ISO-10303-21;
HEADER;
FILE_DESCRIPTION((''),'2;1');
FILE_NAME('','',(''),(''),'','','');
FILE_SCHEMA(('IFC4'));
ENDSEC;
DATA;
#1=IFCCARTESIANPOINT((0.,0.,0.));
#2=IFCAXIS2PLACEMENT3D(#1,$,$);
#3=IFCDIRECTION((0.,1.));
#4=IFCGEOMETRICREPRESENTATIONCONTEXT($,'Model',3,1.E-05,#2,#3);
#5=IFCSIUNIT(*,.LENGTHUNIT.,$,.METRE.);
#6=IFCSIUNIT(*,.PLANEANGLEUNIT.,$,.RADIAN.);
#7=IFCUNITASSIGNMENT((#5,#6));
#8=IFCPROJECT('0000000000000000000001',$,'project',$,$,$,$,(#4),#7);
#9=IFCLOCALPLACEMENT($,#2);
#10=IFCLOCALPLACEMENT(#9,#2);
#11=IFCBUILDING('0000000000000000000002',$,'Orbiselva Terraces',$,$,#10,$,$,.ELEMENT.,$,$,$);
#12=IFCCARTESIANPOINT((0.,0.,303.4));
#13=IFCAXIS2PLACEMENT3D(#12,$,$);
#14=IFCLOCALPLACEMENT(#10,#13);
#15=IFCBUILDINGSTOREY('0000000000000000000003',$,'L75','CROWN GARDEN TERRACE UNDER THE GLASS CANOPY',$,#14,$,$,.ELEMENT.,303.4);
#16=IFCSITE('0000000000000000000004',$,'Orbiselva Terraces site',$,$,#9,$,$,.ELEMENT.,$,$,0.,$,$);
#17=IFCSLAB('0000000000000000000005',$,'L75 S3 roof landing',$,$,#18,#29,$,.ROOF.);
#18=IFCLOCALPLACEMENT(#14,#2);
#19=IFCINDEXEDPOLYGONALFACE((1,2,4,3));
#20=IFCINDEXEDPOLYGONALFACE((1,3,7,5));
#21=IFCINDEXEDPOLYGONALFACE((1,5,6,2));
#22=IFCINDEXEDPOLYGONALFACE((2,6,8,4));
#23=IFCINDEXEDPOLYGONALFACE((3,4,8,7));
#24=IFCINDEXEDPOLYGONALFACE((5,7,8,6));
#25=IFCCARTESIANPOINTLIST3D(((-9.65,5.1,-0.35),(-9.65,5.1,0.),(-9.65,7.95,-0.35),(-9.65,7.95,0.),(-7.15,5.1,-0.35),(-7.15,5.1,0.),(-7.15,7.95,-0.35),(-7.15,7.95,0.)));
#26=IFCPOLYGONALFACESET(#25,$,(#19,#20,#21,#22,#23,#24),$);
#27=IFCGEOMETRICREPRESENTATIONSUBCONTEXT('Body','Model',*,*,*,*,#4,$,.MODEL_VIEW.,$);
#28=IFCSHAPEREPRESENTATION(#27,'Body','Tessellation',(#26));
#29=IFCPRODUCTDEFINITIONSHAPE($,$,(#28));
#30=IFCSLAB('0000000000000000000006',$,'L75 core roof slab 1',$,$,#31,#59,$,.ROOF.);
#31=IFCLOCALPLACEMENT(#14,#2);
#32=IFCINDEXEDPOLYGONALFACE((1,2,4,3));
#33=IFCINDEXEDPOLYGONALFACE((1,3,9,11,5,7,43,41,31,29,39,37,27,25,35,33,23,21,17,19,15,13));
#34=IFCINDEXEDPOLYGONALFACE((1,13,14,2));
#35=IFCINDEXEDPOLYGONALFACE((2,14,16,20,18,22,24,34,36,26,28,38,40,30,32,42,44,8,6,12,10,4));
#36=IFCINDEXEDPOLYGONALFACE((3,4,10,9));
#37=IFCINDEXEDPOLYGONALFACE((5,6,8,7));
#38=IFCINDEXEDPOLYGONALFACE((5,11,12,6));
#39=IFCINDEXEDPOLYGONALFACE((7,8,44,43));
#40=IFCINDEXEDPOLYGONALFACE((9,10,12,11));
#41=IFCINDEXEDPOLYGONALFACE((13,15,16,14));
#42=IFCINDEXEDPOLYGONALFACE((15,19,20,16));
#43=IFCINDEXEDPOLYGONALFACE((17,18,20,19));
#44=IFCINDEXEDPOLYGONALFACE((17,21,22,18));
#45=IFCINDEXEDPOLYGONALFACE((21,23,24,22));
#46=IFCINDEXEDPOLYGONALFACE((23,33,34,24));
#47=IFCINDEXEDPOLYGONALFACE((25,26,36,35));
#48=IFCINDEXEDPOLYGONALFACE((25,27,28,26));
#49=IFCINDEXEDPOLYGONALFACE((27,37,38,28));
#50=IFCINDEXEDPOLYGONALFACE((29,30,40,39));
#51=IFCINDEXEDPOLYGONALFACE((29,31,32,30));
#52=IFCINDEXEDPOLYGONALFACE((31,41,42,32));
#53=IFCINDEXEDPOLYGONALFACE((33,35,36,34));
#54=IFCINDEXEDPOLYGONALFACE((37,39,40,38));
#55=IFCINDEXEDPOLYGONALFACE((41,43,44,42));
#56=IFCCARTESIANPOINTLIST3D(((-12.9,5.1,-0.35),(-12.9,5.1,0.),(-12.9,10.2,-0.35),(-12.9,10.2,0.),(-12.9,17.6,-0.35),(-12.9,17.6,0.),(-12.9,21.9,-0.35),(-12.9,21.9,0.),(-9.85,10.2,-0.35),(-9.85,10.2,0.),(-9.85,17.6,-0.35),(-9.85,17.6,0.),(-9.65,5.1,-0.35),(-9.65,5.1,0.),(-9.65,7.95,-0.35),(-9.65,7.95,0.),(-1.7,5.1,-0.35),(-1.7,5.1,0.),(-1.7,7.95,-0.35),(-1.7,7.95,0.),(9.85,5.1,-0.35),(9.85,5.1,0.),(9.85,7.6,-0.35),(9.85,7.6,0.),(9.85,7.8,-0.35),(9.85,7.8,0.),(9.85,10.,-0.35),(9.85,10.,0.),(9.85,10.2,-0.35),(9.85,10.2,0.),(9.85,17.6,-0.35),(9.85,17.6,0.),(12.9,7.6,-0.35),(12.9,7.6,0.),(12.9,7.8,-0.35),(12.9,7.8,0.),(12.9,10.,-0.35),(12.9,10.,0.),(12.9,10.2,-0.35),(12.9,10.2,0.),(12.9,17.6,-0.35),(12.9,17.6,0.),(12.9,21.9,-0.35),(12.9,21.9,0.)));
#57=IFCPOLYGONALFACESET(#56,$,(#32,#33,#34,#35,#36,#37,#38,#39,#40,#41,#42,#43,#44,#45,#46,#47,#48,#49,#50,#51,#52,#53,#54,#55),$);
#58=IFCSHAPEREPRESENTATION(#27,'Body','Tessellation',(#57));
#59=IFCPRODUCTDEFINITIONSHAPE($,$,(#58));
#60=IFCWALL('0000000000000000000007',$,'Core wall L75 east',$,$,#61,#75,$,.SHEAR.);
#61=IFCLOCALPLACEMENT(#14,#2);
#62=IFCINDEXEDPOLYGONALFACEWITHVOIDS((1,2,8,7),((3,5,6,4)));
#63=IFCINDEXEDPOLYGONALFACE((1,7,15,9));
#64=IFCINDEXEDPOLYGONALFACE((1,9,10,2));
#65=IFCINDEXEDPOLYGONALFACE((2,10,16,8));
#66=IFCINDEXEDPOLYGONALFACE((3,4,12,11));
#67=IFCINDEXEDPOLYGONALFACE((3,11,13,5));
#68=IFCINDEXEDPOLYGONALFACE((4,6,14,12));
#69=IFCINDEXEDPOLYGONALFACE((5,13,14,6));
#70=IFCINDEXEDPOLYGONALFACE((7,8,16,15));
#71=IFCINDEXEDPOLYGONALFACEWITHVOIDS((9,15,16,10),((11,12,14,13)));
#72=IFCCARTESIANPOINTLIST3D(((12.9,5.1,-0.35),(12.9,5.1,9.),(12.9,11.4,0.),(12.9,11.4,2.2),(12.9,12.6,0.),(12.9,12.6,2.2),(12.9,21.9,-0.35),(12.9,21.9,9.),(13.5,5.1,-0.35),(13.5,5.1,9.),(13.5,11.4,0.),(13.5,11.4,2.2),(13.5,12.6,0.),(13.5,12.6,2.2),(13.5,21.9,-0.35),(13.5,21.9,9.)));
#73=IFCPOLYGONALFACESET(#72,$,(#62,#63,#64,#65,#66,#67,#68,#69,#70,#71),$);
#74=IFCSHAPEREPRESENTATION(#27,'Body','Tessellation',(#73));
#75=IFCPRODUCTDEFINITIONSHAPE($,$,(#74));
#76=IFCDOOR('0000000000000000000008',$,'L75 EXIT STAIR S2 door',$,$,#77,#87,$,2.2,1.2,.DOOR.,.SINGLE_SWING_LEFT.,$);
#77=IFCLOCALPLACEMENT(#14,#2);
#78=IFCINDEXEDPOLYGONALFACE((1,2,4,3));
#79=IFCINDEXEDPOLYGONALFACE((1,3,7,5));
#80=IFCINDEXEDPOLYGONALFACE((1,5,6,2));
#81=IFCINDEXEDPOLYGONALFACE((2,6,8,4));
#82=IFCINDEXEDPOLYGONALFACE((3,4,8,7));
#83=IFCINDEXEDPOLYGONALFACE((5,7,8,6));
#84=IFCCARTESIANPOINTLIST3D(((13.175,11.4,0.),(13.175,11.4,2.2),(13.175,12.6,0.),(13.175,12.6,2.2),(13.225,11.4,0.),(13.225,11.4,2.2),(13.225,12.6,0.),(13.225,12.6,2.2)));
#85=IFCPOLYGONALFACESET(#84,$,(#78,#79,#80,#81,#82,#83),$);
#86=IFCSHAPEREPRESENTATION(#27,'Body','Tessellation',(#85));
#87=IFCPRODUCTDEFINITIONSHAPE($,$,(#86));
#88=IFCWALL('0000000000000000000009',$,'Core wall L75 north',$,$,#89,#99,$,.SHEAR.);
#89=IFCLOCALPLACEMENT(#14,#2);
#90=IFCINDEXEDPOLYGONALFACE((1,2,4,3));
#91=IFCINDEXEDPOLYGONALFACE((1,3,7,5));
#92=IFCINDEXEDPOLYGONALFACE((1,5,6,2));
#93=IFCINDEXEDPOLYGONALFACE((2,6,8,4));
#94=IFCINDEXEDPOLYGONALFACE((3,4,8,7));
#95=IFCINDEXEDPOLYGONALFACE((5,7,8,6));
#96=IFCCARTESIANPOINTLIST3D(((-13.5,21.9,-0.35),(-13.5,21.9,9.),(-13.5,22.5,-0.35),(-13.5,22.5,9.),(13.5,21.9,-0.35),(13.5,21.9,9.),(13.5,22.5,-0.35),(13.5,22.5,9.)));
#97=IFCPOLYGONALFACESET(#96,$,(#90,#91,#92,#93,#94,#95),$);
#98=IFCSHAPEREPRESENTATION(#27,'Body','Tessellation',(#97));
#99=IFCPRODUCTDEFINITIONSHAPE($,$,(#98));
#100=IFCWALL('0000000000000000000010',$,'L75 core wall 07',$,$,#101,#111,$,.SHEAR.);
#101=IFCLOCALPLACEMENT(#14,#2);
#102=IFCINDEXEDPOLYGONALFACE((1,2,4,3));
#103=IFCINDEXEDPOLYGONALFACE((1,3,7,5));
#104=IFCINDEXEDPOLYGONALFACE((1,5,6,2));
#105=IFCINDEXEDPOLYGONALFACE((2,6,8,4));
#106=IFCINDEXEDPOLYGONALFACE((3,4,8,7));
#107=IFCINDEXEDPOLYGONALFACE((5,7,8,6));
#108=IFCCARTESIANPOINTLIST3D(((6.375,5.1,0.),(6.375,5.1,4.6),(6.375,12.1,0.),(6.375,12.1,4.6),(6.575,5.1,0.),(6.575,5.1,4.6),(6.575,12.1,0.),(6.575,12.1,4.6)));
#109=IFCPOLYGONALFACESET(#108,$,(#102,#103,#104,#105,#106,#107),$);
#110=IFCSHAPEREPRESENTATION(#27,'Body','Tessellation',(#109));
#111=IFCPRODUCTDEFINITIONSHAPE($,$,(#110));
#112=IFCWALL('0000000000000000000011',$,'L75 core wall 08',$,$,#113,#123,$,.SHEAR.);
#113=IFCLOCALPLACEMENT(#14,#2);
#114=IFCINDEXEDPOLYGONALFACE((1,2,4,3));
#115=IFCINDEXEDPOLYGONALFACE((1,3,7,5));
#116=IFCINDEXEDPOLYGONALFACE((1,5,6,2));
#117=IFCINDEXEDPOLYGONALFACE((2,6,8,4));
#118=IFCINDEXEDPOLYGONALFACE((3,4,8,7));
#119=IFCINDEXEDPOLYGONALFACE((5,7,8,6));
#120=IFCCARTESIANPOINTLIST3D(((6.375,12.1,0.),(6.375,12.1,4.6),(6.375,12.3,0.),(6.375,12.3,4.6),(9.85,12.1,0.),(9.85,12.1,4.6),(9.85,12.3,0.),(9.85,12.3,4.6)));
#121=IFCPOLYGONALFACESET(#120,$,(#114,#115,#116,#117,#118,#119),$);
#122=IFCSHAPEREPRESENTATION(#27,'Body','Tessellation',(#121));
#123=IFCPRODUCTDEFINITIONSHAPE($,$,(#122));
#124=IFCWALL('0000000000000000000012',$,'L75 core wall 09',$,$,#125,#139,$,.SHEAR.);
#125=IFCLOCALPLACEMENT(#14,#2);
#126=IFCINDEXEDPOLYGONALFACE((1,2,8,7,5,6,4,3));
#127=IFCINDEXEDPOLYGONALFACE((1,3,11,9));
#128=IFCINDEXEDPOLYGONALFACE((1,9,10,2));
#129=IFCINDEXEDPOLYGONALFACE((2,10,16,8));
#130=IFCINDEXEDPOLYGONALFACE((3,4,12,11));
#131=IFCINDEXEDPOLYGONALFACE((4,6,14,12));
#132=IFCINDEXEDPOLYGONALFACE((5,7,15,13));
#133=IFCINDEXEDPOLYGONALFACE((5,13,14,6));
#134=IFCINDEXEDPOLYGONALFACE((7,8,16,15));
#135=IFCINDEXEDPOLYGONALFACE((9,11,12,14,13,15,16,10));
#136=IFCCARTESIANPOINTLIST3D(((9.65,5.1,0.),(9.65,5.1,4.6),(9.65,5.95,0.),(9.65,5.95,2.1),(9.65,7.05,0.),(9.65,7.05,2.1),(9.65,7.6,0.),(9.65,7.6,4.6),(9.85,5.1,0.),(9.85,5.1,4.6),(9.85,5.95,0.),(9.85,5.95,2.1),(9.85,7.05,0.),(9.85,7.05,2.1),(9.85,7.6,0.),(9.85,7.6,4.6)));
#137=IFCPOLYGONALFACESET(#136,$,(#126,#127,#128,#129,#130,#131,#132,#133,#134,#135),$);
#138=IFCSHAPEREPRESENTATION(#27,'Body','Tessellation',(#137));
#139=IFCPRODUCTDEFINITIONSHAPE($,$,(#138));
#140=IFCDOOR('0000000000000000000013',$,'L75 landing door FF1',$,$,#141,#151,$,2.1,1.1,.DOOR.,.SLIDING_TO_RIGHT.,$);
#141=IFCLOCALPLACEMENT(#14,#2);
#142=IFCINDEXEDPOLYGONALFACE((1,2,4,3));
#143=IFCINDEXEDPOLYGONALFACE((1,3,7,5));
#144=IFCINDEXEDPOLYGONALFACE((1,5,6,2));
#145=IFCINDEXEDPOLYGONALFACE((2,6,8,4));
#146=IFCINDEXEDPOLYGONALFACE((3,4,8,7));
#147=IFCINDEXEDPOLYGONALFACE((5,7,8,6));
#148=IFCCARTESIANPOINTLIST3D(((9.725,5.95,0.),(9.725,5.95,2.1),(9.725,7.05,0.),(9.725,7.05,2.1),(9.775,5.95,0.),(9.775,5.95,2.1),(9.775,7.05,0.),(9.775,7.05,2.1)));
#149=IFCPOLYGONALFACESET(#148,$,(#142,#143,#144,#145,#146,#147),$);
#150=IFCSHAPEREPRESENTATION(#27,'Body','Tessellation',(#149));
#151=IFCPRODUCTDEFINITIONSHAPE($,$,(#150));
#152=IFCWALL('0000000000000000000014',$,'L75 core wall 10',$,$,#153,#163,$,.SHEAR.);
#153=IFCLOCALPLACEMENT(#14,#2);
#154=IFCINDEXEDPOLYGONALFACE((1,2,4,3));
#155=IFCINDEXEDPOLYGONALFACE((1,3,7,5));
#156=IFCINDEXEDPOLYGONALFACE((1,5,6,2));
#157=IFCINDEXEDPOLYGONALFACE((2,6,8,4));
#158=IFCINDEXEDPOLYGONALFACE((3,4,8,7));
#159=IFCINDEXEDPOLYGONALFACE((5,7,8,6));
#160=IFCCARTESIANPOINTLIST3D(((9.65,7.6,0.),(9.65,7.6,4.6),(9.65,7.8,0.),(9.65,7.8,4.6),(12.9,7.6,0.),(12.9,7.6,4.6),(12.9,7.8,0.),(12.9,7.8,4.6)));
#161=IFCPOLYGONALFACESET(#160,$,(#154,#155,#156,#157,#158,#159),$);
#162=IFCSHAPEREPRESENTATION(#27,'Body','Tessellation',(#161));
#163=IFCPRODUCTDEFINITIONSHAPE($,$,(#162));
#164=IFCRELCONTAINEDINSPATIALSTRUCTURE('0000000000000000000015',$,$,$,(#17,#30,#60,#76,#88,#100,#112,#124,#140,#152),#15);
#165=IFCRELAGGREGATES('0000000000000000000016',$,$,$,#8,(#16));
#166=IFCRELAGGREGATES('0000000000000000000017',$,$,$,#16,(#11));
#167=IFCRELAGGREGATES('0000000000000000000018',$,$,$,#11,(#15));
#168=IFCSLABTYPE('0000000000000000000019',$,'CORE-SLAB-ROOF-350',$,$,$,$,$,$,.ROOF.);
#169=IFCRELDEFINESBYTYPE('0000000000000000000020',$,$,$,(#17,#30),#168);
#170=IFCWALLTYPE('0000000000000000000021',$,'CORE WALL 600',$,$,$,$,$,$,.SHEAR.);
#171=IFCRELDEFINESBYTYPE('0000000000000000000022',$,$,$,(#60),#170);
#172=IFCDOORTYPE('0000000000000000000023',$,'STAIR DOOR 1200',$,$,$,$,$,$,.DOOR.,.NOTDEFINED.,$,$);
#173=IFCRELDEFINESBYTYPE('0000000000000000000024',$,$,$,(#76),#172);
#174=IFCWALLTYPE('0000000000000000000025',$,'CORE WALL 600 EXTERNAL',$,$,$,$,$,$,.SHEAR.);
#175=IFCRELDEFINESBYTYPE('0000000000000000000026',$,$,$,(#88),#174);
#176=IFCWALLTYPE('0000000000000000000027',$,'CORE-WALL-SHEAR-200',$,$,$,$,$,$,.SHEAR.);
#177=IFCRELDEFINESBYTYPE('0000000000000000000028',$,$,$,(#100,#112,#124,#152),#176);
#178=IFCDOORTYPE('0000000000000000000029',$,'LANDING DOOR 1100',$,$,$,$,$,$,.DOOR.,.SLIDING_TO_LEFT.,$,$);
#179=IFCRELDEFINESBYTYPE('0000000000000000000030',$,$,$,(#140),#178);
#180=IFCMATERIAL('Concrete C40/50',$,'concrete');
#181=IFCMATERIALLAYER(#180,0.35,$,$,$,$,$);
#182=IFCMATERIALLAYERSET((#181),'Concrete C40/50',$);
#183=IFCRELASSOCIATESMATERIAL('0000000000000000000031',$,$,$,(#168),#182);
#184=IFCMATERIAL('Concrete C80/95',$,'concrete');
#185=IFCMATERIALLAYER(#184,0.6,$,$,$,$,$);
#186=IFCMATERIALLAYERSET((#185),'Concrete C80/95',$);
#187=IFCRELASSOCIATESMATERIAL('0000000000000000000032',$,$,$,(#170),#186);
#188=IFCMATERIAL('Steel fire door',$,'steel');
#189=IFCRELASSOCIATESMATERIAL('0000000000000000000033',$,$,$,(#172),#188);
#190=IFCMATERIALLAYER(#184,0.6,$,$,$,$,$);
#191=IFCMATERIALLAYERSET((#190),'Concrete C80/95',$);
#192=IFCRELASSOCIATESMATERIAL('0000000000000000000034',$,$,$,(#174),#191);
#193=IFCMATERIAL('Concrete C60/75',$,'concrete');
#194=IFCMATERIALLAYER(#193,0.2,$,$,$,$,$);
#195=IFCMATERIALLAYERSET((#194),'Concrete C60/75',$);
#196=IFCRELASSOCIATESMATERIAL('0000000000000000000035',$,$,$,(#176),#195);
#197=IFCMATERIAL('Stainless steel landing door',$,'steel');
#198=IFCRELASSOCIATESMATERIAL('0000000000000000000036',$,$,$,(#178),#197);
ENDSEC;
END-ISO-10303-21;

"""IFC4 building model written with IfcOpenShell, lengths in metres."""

from ifc_helpers import new_model, si_unit, direction, frame, frame_2d, origin, place, context, subcontext, project, spatial, polyline, rectangle, outline, extrude, material, layer, layer_set, type_object, element, fill, save


model = new_model("IFC4")

# Units and contexts
model_context = context("Model", 3, precision=1e-05, world=origin(), true_north=direction((0.0, 1.0)))
body_context = subcontext(model_context, "Body", "Model", "MODEL_VIEW")
ifc_project = project(units=[si_unit("LENGTHUNIT", "METRE"), si_unit("PLANEANGLEUNIT", "RADIAN")], contexts=[model_context])

# Site, building, storey
site_placement = place(None, origin())
site = spatial("IfcSite", under=ifc_project, at=site_placement, Name="Orbiselva Terraces site", CompositionType="ELEMENT", RefElevation=0.0)
building_placement = place(site_placement, origin())
building = spatial("IfcBuilding", under=site, at=building_placement, Name="Orbiselva Terraces", CompositionType="ELEMENT")
storey_placement = place(building_placement, frame((0.0, 0.0, 303.4)))
storey = spatial("IfcBuildingStorey", under=building, at=storey_placement, Name="L75", Description="CROWN GARDEN TERRACE UNDER THE GLASS CANOPY", CompositionType="ELEMENT", Elevation=303.4)

# Slabs
ifc_material_1 = material(Name="Concrete C40/50", Category="concrete")
ifc_layer_1 = layer(ifc_material_1, 0.35)
ifc_layer_set_1 = layer_set([ifc_layer_1], Name="Concrete C40/50")
slab_type = type_object("IfcSlabType", Name="CORE-SLAB-ROOF-350", PredefinedType="ROOF", material=ifc_layer_set_1)
slab_1_placement = place(storey_placement, frame((0.0, 0.0, -0.35)))
element("IfcSlab", 1, at=slab_1_placement, inside=storey, type_object=slab_type, Name="L75 S3 roof landing", PredefinedType="ROOF", context=body_context, shape_type="SweptSolid", body=[
    extrude(outline(polyline([(-7.15, 5.1), (-9.65, 5.1), (-9.65, 7.95), (-7.15, 7.95), (-7.15, 5.1)])), origin(), (0.0, 0.0, 1.0), 0.35),
])
slab_2_placement = place(storey_placement, frame((0.0, 0.0, -0.35)))
element("IfcSlab", 2, at=slab_2_placement, inside=storey, type_object=slab_type, Name="L75 core roof slab 1", PredefinedType="ROOF", context=body_context, shape_type="SweptSolid", body=[
    extrude(outline(polyline([(-1.7, 5.1), (-1.7, 7.95), (-9.65, 7.95), (-9.65, 5.1), (-12.9, 5.1), (-12.9, 10.2), (-9.85, 10.2), (-9.85, 17.6), (-12.9, 17.6), (-12.9, 21.9), (12.9, 21.9), (12.9, 17.6), (9.85, 17.6), (9.85, 10.2), (12.9, 10.2), (12.9, 10.0), (9.85, 10.0), (9.85, 7.8), (12.9, 7.8), (12.9, 7.6), (9.85, 7.6), (9.85, 5.1), (-1.7, 5.1)])), origin(), (0.0, 0.0, 1.0), 0.35),
])

# Wall, opening, door
ifc_material_2 = material(Name="Concrete C80/95", Category="concrete")
ifc_layer_2 = layer(ifc_material_2, 0.6)
ifc_layer_set_2 = layer_set([ifc_layer_2], Name="Concrete C80/95")
wall_type_1 = type_object("IfcWallType", Name="CORE WALL 600", PredefinedType="SHEAR", material=ifc_layer_set_2)
wall_1_placement = place(storey_placement, frame((13.2, 5.1, -0.35), z_axis=(0.0, 0.0, 1.0), x_axis=(0.0, 1.0, 0.0)))
wall_1 = element("IfcWall", 3, at=wall_1_placement, inside=storey, type_object=wall_type_1, Name="Core wall L75 east", PredefinedType="SHEAR", context=body_context, shape_type="SweptSolid", body=[
    extrude(rectangle(XDim=16.8, YDim=0.6, at=frame_2d((8.4, 0.0))), origin(), (0.0, 0.0, 1.0), 9.35),
])
opening_1_placement = place(wall_1_placement, frame((6.3, 0.0, 0.35)))
opening_1 = element("IfcOpeningElement", 4, at=opening_1_placement, cuts=wall_1, PredefinedType="OPENING", context=body_context, shape_type="SweptSolid", body=[
    extrude(rectangle(XDim=1.2, YDim=2.2, at=frame_2d((0.6, 1.1))), frame((0.0, 0.31, 0.0), z_axis=(0.0, -1.0, 0.0), x_axis=(1.0, 0.0, 0.0)), (0.0, 0.0, 1.0), 0.62),
])
ifc_material_3 = material(Name="Steel fire door", Category="steel")
door_type_1 = type_object("IfcDoorType", Name="STAIR DOOR 1200", OperationType="NOTDEFINED", PredefinedType="DOOR", material=ifc_material_3)
door_1_placement = place(opening_1_placement, frame((1.2, 0.0, 0.0), z_axis=(0.0, 0.0, 1.0), x_axis=(-1.0, 0.0, 0.0)))
door_1 = element("IfcDoor", 5, at=door_1_placement, inside=storey, type_object=door_type_1, Name="L75 EXIT STAIR S2 door", OperationType="SINGLE_SWING_LEFT", OverallHeight=2.2, OverallWidth=1.2, PredefinedType="DOOR", context=body_context, shape_type="SweptSolid", body=[
    extrude(rectangle(XDim=1.2, YDim=2.2, at=frame_2d((0.6, 1.1))), frame((0.0, 0.025, 0.0), z_axis=(0.0, -1.0, 0.0), x_axis=(1.0, 0.0, 0.0)), (0.0, 0.0, 1.0), 0.05),
])
fill(opening_1, door_1)

# Walls
ifc_layer_3 = layer(ifc_material_2, 0.6)
ifc_layer_set_3 = layer_set([ifc_layer_3], Name="Concrete C80/95")
wall_type_2 = type_object("IfcWallType", Name="CORE WALL 600 EXTERNAL", PredefinedType="SHEAR", material=ifc_layer_set_3)
wall_2_placement = place(storey_placement, frame((13.5, 22.2, -0.35), z_axis=(0.0, 0.0, 1.0), x_axis=(-1.0, 0.0, 0.0)))
element("IfcWall", 6, at=wall_2_placement, inside=storey, type_object=wall_type_2, Name="Core wall L75 north", PredefinedType="SHEAR", context=body_context, shape_type="SweptSolid", body=[
    extrude(rectangle(XDim=27.0, YDim=0.6, at=frame_2d((13.5, 0.0))), origin(), (0.0, 0.0, 1.0), 9.35),
])
ifc_material_4 = material(Name="Concrete C60/75", Category="concrete")
ifc_layer_4 = layer(ifc_material_4, 0.2)
ifc_layer_set_4 = layer_set([ifc_layer_4], Name="Concrete C60/75")
wall_type_3 = type_object("IfcWallType", Name="CORE-WALL-SHEAR-200", PredefinedType="SHEAR", material=ifc_layer_set_4)
wall_3_placement = place(storey_placement, frame((6.475, 5.1, 0.0), z_axis=(0.0, 0.0, 1.0), x_axis=(0.0, 1.0, 0.0)))
element("IfcWall", 7, at=wall_3_placement, inside=storey, type_object=wall_type_3, Name="L75 core wall 07", PredefinedType="SHEAR", context=body_context, shape_type="SweptSolid", body=[
    extrude(rectangle(XDim=7.0, YDim=0.2, at=frame_2d((3.5, 0.0))), origin(), (0.0, 0.0, 1.0), 4.6),
])
wall_4_placement = place(storey_placement, frame((6.375, 12.2, 0.0), z_axis=(0.0, 0.0, 1.0), x_axis=(1.0, 0.0, 0.0)))
element("IfcWall", 8, at=wall_4_placement, inside=storey, type_object=wall_type_3, Name="L75 core wall 08", PredefinedType="SHEAR", context=body_context, shape_type="SweptSolid", body=[
    extrude(rectangle(XDim=3.475, YDim=0.2, at=frame_2d((1.7375, 0.0))), origin(), (0.0, 0.0, 1.0), 4.6),
])

# Wall, opening, door
wall_5_placement = place(storey_placement, frame((9.75, 5.1, 0.0), z_axis=(0.0, 0.0, 1.0), x_axis=(0.0, 1.0, 0.0)))
wall_5 = element("IfcWall", 9, at=wall_5_placement, inside=storey, type_object=wall_type_3, Name="L75 core wall 09", PredefinedType="SHEAR", context=body_context, shape_type="SweptSolid", body=[
    extrude(rectangle(XDim=2.5, YDim=0.2, at=frame_2d((1.25, 0.0))), origin(), (0.0, 0.0, 1.0), 4.6),
])
opening_2_placement = place(wall_5_placement, frame((0.85, 0.0, 0.0)))
opening_2 = element("IfcOpeningElement", 10, at=opening_2_placement, cuts=wall_5, PredefinedType="OPENING", context=body_context, shape_type="SweptSolid", body=[
    extrude(rectangle(XDim=1.1, YDim=2.1, at=frame_2d((0.55, 1.05))), frame((0.0, 0.11, 0.0), z_axis=(0.0, -1.0, 0.0), x_axis=(1.0, 0.0, 0.0)), (0.0, 0.0, 1.0), 0.22),
])
ifc_material_5 = material(Name="Stainless steel landing door", Category="steel")
door_type_2 = type_object("IfcDoorType", Name="LANDING DOOR 1100", OperationType="SLIDING_TO_LEFT", PredefinedType="DOOR", material=ifc_material_5)
door_2_placement = place(opening_2_placement, origin())
door_2 = element("IfcDoor", 11, at=door_2_placement, inside=storey, type_object=door_type_2, Name="L75 landing door FF1", OperationType="SLIDING_TO_RIGHT", OverallHeight=2.1, OverallWidth=1.1, PredefinedType="DOOR", context=body_context, shape_type="SweptSolid", body=[
    extrude(rectangle(XDim=1.1, YDim=2.1, at=frame_2d((0.55, 1.05))), frame((0.0, 0.025, 0.0), z_axis=(0.0, -1.0, 0.0), x_axis=(1.0, 0.0, 0.0)), (0.0, 0.0, 1.0), 0.05),
])
fill(opening_2, door_2)

# Wall
wall_6_placement = place(storey_placement, frame((9.65, 7.7, 0.0), z_axis=(0.0, 0.0, 1.0), x_axis=(1.0, 0.0, 0.0)))
element("IfcWall", 12, at=wall_6_placement, inside=storey, type_object=wall_type_3, Name="L75 core wall 10", PredefinedType="SHEAR", context=body_context, shape_type="SweptSolid", body=[
    extrude(rectangle(XDim=3.25, YDim=0.2, at=frame_2d((1.625, 0.0))), origin(), (0.0, 0.0, 1.0), 4.6),
])

save(model, "model.ifc")
